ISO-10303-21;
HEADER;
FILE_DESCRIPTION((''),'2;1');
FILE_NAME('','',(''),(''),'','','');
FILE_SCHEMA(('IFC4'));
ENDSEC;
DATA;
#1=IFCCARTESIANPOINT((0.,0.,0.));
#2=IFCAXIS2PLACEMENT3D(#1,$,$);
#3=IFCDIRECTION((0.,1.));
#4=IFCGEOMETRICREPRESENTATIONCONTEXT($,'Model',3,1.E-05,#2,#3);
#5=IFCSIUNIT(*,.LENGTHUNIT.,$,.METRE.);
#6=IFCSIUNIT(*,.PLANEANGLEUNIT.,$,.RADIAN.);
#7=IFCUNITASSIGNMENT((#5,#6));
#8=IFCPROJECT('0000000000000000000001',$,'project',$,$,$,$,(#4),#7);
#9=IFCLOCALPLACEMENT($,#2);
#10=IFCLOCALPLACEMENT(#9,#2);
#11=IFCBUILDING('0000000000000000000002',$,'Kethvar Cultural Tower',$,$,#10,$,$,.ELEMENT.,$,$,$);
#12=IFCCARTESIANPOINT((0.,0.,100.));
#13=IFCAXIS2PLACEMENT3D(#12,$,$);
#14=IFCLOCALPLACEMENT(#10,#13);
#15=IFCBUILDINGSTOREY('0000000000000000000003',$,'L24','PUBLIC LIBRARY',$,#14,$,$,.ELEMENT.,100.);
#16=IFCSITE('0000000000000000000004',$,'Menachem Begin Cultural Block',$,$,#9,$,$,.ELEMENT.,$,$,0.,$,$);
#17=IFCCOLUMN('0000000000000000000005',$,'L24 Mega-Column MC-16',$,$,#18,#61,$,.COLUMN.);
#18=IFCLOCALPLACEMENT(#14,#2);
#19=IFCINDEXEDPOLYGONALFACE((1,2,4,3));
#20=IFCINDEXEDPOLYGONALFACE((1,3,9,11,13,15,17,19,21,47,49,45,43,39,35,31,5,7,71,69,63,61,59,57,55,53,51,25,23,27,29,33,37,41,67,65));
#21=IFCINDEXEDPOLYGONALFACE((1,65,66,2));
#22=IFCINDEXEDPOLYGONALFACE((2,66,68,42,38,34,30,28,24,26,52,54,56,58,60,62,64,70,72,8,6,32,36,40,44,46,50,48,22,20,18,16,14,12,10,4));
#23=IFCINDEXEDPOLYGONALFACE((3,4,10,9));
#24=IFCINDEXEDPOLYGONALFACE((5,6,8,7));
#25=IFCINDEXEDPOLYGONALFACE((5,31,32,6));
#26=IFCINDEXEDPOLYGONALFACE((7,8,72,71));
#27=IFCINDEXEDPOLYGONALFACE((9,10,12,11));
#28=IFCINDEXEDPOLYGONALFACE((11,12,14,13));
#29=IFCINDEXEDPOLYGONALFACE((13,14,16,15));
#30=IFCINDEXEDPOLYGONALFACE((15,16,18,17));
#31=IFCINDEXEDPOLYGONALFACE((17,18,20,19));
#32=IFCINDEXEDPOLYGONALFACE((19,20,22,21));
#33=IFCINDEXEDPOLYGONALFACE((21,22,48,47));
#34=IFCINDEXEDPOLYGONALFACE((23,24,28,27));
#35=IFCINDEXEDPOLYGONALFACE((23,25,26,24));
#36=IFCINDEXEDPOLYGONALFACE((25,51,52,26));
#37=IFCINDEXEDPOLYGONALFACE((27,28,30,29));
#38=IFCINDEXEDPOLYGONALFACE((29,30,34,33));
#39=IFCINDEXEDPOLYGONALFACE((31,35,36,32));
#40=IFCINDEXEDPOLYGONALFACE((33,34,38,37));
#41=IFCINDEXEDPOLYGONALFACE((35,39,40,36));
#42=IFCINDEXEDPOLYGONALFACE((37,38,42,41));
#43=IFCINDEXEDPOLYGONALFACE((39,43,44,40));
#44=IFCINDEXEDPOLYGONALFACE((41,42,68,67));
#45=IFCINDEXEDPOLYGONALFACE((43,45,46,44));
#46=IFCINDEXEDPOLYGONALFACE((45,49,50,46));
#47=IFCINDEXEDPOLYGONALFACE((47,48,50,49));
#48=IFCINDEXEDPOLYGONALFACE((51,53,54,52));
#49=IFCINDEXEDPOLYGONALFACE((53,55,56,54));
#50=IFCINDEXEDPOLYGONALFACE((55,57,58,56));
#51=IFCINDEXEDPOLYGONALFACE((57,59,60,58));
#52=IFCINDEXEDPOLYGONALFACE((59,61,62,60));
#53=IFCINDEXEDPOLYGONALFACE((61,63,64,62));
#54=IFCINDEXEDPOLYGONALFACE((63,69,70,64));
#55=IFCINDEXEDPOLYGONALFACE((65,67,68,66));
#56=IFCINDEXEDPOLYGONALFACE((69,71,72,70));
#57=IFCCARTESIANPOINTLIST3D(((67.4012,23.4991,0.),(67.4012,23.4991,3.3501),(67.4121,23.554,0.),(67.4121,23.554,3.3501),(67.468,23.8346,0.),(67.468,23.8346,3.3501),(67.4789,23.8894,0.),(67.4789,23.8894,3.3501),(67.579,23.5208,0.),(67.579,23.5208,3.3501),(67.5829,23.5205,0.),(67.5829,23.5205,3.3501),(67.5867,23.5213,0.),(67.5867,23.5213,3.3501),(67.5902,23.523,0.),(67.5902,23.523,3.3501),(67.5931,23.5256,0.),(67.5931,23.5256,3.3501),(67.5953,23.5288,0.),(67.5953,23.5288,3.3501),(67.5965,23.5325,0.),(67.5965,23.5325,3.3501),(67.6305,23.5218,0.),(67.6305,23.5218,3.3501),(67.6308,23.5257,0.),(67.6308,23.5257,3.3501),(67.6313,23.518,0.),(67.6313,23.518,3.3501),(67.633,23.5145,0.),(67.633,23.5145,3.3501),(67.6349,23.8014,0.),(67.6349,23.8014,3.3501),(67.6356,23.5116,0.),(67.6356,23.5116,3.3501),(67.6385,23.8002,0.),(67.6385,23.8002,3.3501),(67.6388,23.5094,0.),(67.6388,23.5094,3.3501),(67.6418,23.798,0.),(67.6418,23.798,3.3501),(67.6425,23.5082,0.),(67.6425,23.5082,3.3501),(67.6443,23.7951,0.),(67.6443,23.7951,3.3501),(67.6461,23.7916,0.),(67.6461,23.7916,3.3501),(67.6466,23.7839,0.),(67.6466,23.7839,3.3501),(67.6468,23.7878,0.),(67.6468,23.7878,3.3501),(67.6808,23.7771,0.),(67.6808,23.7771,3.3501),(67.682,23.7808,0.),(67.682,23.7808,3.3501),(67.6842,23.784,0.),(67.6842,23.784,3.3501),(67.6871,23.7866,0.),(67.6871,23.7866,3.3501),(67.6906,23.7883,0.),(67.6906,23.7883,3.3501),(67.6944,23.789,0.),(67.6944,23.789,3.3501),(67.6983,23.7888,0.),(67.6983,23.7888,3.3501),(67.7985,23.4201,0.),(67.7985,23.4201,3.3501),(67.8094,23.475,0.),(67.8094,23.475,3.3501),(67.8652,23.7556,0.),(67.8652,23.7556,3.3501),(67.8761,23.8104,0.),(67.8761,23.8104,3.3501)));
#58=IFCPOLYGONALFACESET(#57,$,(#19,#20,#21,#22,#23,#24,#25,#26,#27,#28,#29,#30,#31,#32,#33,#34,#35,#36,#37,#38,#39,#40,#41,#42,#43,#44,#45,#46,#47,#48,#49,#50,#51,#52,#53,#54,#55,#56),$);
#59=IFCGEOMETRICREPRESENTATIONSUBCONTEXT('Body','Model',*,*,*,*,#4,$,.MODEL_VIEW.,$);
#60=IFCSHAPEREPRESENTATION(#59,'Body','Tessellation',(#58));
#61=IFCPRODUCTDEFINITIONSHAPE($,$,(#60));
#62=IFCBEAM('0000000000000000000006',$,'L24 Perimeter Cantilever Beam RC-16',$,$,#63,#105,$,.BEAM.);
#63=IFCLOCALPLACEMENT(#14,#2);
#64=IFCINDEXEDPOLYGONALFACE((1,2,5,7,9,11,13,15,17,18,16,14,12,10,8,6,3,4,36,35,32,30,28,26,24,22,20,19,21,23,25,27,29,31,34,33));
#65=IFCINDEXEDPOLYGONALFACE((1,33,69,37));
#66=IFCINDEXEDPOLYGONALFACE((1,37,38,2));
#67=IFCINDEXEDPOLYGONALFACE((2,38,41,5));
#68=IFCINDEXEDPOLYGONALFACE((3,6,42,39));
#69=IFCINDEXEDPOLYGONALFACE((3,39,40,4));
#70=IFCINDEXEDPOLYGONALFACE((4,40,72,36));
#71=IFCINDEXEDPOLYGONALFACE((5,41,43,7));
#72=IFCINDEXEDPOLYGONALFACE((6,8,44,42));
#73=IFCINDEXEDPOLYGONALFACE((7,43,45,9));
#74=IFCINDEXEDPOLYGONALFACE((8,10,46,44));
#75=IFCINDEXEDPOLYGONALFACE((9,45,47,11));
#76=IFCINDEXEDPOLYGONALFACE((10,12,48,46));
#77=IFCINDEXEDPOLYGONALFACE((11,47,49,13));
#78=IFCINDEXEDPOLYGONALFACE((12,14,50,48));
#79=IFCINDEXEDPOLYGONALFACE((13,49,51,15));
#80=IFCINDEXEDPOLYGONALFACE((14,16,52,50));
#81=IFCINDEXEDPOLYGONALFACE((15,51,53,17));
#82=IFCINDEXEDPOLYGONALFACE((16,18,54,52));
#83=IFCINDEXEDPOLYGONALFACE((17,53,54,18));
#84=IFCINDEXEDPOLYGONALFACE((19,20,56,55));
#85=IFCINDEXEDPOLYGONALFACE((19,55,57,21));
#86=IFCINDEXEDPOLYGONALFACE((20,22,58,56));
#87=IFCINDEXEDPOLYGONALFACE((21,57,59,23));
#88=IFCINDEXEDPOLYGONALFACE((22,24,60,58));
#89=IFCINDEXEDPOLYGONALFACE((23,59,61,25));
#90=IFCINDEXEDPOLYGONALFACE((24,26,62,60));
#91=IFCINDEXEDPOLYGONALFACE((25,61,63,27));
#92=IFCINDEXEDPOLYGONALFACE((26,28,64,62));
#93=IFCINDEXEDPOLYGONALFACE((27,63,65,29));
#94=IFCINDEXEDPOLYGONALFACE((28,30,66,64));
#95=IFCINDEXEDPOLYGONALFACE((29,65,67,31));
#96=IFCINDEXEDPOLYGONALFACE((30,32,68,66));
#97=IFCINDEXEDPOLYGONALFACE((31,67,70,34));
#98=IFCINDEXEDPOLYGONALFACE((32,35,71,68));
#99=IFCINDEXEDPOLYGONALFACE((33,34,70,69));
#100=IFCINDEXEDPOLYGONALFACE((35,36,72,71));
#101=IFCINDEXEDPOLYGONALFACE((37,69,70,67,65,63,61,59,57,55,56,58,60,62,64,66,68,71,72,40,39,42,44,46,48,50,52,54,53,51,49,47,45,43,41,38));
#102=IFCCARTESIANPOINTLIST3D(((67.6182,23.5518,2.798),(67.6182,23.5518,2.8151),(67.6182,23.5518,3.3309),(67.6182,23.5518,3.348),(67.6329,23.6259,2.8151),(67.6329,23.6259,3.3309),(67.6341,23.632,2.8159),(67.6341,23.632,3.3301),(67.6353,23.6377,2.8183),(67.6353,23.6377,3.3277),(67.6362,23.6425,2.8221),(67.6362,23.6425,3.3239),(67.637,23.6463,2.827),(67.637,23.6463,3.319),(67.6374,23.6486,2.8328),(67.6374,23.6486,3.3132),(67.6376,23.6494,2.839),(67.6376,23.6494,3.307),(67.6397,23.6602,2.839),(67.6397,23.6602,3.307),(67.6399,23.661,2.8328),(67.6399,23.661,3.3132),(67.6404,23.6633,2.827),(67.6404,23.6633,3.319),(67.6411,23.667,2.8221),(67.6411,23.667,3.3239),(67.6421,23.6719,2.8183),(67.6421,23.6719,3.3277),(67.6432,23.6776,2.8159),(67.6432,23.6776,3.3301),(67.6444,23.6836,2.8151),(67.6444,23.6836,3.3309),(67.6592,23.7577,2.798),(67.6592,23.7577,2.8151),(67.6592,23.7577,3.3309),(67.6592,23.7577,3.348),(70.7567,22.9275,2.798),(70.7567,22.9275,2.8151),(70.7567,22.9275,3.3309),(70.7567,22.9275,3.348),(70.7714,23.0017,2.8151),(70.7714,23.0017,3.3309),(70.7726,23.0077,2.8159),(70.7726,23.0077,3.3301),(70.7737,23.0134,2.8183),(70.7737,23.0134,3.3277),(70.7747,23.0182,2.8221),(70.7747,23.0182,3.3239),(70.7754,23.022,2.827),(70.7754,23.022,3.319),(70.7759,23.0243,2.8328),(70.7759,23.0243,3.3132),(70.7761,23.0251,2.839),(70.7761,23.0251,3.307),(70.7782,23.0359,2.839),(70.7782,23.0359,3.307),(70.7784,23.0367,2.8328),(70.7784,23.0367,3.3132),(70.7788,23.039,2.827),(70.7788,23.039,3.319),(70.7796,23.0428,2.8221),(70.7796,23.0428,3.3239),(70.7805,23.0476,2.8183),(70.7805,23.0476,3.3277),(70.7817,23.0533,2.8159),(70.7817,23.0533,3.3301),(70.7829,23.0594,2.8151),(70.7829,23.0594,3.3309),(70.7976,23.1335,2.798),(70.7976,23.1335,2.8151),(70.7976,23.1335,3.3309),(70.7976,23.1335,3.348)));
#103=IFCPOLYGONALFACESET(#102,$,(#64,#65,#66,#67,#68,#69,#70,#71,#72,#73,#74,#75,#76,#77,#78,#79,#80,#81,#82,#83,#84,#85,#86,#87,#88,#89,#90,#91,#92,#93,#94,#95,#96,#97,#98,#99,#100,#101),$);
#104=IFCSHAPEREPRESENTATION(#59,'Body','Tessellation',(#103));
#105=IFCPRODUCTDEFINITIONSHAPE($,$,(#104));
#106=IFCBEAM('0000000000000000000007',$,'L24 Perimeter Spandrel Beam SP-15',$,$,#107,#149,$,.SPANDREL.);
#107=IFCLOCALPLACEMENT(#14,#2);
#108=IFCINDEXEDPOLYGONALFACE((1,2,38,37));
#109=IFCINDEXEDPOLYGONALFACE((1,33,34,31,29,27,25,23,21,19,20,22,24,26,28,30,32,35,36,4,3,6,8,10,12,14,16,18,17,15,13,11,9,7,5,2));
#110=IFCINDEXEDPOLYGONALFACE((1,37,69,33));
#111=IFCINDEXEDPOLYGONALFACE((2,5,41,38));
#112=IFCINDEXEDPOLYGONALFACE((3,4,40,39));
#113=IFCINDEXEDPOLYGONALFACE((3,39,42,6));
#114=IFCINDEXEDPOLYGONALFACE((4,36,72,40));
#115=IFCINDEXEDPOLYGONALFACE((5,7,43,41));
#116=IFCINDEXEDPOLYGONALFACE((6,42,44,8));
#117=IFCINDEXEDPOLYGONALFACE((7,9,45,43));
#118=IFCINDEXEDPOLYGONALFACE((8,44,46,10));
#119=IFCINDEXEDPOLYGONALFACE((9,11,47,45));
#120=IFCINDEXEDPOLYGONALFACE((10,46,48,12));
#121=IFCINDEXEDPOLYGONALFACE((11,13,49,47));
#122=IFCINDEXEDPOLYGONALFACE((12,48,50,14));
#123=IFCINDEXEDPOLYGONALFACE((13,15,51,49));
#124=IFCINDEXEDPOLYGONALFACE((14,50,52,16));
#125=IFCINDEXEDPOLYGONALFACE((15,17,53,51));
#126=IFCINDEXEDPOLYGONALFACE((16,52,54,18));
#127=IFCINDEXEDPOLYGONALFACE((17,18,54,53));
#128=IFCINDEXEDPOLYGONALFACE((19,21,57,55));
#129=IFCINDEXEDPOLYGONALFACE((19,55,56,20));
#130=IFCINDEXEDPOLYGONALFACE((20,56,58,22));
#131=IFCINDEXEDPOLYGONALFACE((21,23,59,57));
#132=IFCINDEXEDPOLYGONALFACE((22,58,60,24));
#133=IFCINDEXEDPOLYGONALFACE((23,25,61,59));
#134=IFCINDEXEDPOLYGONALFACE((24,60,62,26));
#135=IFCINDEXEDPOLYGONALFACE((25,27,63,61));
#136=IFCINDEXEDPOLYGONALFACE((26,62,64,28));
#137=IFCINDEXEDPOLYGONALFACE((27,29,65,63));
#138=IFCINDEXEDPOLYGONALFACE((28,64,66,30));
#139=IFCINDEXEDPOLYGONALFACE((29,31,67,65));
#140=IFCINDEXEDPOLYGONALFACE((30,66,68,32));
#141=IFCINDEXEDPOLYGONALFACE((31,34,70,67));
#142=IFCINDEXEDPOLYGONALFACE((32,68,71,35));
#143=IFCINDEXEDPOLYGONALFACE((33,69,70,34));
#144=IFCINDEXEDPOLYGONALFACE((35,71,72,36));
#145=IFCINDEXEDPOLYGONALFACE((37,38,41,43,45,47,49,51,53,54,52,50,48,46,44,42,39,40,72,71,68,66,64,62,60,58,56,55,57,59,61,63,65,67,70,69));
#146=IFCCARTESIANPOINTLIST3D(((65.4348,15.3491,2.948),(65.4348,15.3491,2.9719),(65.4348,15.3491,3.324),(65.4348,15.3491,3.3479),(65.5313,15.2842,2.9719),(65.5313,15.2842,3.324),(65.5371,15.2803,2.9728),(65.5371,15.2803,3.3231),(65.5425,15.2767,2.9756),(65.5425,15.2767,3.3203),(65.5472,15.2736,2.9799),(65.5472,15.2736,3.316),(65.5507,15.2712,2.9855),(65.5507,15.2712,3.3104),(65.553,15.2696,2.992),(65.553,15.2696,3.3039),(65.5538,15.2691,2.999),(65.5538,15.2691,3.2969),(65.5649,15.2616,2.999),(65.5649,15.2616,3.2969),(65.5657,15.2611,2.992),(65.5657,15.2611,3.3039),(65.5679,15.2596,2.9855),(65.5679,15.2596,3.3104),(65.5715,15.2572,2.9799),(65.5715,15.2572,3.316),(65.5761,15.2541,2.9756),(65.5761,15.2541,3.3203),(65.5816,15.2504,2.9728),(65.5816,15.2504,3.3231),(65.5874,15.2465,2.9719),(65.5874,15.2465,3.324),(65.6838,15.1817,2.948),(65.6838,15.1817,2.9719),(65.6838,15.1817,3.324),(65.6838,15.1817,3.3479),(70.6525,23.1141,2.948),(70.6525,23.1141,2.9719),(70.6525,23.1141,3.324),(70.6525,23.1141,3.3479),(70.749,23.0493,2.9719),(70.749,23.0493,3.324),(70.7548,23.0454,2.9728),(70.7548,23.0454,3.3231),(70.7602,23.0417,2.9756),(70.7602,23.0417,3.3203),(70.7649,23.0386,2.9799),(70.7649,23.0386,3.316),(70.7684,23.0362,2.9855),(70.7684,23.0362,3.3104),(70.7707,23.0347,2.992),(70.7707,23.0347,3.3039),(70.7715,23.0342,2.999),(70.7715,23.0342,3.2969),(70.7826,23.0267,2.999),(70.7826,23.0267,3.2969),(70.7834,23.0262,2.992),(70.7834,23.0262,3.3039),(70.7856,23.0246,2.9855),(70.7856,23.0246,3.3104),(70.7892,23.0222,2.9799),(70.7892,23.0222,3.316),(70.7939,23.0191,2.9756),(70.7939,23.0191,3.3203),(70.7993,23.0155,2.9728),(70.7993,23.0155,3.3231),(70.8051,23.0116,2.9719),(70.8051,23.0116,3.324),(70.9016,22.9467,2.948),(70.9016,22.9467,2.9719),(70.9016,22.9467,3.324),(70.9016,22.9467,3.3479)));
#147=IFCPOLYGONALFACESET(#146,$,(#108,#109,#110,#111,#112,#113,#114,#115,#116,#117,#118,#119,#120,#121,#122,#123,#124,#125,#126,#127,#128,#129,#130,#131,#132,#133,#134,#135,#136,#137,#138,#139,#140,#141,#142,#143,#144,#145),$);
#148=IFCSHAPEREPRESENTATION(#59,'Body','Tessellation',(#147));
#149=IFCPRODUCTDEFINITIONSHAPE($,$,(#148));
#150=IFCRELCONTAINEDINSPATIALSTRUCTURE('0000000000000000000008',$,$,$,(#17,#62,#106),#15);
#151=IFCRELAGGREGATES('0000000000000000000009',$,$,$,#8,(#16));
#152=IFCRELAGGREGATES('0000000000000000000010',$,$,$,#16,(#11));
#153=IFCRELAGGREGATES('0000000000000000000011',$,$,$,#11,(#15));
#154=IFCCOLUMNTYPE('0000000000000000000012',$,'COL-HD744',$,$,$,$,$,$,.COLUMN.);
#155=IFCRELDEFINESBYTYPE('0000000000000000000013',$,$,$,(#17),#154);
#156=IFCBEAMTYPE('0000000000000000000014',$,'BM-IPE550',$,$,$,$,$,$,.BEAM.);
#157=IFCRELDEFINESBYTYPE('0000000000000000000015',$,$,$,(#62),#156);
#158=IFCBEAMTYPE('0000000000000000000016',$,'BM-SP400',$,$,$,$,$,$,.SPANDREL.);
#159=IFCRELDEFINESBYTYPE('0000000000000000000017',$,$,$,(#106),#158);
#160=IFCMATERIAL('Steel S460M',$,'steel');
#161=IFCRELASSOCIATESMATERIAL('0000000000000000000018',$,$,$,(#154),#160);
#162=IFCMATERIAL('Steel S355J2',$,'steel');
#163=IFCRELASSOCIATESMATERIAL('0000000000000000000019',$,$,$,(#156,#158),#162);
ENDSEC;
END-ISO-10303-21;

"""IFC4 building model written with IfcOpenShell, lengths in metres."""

from ifc_helpers import new_model, si_unit, direction, frame, origin, origin_2d, place, context, subcontext, project, spatial, i_section, extrude, source, transform, mapped, material, material_profile, profile_set, type_object, element, save


model = new_model("IFC4")

# Units and contexts
model_context = context("Model", 3, precision=1e-05, world=origin(), true_north=direction((0.0, 1.0)))
body_context = subcontext(model_context, "Body", "Model", "MODEL_VIEW")
ifc_project = project(units=[si_unit("LENGTHUNIT", "METRE"), si_unit("PLANEANGLEUNIT", "RADIAN")], contexts=[model_context])

# Site, building, storey
site_placement = place(None, origin())
site = spatial("IfcSite", under=ifc_project, at=site_placement, Name="Menachem Begin Cultural Block", CompositionType="ELEMENT", RefElevation=0.0)
building_placement = place(site_placement, origin())
building = spatial("IfcBuilding", under=site, at=building_placement, Name="Kethvar Cultural Tower", CompositionType="ELEMENT")
storey_placement = place(building_placement, frame((0.0, 0.0, 100.0)))
storey = spatial("IfcBuildingStorey", under=building, at=storey_placement, Name="L24", Description="PUBLIC LIBRARY", CompositionType="ELEMENT", Elevation=100.0)

# Column
ifc_material_1 = material(Name="Steel S460M", Category="steel")
ifc_material_profile_1 = material_profile(ifc_material_1, i_section(OverallWidth=0.405, OverallDepth=0.3979, WebThickness=0.0349, FlangeThickness=0.0559, FilletRadius=0.0149, at=origin_2d()), Name="Steel S460M — HD400x744")
ifc_profile_set_1 = profile_set([ifc_material_profile_1], Name="Steel S460M — HD400x744")
column_type = type_object("IfcColumnType", Name="COL-HD744", PredefinedType="COLUMN", material=ifc_profile_set_1)
shared_shape_1 = source(origin(), body_context, "Body", "SweptSolid", [
    extrude(i_section(OverallWidth=0.405, OverallDepth=0.3979, WebThickness=0.0349, FlangeThickness=0.0559, FilletRadius=0.0149, at=origin_2d()), origin(), (0.0, 0.0, 1.0), 3.3501),
])
column_placement = place(storey_placement, frame((67.6387, 23.6548, 0.0), z_axis=(0.0, 0.0, 1.0), x_axis=(0.980785, -0.19509, 0.0)))
element("IfcColumn", 1, at=column_placement, inside=storey, type_object=column_type, Name="L24 Mega-Column MC-16", PredefinedType="COLUMN", context=body_context, shape_type="MappedRepresentation", body=[
    mapped(shared_shape_1, transform((0.0, 0.0, 0.0), scale=1.0)),
])

# Beams
ifc_material_2 = material(Name="Steel S355J2", Category="steel")
ifc_material_profile_2 = material_profile(ifc_material_2, i_section(OverallWidth=0.21, OverallDepth=0.55, WebThickness=0.011, FlangeThickness=0.0171, FilletRadius=0.0239, at=origin_2d()), Name="Steel S355J2 — IPE550")
ifc_profile_set_2 = profile_set([ifc_material_profile_2], Name="Steel S355J2 — IPE550")
beam_type_1 = type_object("IfcBeamType", Name="BM-IPE550", PredefinedType="BEAM", material=ifc_profile_set_2)
shared_shape_2 = source(origin(), body_context, "Body", "SweptSolid", [
    extrude(i_section(OverallWidth=0.21, OverallDepth=0.55, WebThickness=0.011, FlangeThickness=0.0171, FilletRadius=0.0239, at=origin_2d()), origin(), (0.0, 0.0, 1.0), 3.2),
])
beam_1_placement = place(storey_placement, frame((67.6387, 23.6548, 3.073), z_axis=(0.980786, -0.195089, 0.0), x_axis=(0.195089, 0.980786, 0.0)))
element("IfcBeam", 2, at=beam_1_placement, inside=storey, type_object=beam_type_1, Name="L24 Perimeter Cantilever Beam RC-16", PredefinedType="BEAM", context=body_context, shape_type="MappedRepresentation", body=[
    mapped(shared_shape_2, transform((0.0, 0.0, 0.0), scale=1.0)),
])
ifc_material_profile_3 = material_profile(ifc_material_2, i_section(OverallWidth=0.3, OverallDepth=0.3999, WebThickness=0.0134, FlangeThickness=0.0239, FilletRadius=0.0271, at=origin_2d()), Name="Steel S355J2 — HEB400")
ifc_profile_set_3 = profile_set([ifc_material_profile_3], Name="Steel S355J2 — HEB400")
beam_type_2 = type_object("IfcBeamType", Name="BM-SP400", PredefinedType="SPANDREL", material=ifc_profile_set_3)
shared_shape_3 = source(origin(), body_context, "Body", "SweptSolid", [
    extrude(i_section(OverallWidth=0.3, OverallDepth=0.3999, WebThickness=0.0134, FlangeThickness=0.0239, FilletRadius=0.0271, at=origin_2d()), origin(), (0.0, 0.0, 1.0), 9.3552),
])
beam_2_placement = place(storey_placement, frame((65.5593, 15.2654, 3.1479), z_axis=(0.557732, 0.830021, 0.0), x_axis=(-0.830021, 0.557732, 0.0)))
element("IfcBeam", 3, at=beam_2_placement, inside=storey, type_object=beam_type_2, Name="L24 Perimeter Spandrel Beam SP-15", PredefinedType="SPANDREL", context=body_context, shape_type="MappedRepresentation", body=[
    mapped(shared_shape_3, transform((0.0, 0.0, 0.0), scale=1.0)),
])

save(model, "model.ifc")
